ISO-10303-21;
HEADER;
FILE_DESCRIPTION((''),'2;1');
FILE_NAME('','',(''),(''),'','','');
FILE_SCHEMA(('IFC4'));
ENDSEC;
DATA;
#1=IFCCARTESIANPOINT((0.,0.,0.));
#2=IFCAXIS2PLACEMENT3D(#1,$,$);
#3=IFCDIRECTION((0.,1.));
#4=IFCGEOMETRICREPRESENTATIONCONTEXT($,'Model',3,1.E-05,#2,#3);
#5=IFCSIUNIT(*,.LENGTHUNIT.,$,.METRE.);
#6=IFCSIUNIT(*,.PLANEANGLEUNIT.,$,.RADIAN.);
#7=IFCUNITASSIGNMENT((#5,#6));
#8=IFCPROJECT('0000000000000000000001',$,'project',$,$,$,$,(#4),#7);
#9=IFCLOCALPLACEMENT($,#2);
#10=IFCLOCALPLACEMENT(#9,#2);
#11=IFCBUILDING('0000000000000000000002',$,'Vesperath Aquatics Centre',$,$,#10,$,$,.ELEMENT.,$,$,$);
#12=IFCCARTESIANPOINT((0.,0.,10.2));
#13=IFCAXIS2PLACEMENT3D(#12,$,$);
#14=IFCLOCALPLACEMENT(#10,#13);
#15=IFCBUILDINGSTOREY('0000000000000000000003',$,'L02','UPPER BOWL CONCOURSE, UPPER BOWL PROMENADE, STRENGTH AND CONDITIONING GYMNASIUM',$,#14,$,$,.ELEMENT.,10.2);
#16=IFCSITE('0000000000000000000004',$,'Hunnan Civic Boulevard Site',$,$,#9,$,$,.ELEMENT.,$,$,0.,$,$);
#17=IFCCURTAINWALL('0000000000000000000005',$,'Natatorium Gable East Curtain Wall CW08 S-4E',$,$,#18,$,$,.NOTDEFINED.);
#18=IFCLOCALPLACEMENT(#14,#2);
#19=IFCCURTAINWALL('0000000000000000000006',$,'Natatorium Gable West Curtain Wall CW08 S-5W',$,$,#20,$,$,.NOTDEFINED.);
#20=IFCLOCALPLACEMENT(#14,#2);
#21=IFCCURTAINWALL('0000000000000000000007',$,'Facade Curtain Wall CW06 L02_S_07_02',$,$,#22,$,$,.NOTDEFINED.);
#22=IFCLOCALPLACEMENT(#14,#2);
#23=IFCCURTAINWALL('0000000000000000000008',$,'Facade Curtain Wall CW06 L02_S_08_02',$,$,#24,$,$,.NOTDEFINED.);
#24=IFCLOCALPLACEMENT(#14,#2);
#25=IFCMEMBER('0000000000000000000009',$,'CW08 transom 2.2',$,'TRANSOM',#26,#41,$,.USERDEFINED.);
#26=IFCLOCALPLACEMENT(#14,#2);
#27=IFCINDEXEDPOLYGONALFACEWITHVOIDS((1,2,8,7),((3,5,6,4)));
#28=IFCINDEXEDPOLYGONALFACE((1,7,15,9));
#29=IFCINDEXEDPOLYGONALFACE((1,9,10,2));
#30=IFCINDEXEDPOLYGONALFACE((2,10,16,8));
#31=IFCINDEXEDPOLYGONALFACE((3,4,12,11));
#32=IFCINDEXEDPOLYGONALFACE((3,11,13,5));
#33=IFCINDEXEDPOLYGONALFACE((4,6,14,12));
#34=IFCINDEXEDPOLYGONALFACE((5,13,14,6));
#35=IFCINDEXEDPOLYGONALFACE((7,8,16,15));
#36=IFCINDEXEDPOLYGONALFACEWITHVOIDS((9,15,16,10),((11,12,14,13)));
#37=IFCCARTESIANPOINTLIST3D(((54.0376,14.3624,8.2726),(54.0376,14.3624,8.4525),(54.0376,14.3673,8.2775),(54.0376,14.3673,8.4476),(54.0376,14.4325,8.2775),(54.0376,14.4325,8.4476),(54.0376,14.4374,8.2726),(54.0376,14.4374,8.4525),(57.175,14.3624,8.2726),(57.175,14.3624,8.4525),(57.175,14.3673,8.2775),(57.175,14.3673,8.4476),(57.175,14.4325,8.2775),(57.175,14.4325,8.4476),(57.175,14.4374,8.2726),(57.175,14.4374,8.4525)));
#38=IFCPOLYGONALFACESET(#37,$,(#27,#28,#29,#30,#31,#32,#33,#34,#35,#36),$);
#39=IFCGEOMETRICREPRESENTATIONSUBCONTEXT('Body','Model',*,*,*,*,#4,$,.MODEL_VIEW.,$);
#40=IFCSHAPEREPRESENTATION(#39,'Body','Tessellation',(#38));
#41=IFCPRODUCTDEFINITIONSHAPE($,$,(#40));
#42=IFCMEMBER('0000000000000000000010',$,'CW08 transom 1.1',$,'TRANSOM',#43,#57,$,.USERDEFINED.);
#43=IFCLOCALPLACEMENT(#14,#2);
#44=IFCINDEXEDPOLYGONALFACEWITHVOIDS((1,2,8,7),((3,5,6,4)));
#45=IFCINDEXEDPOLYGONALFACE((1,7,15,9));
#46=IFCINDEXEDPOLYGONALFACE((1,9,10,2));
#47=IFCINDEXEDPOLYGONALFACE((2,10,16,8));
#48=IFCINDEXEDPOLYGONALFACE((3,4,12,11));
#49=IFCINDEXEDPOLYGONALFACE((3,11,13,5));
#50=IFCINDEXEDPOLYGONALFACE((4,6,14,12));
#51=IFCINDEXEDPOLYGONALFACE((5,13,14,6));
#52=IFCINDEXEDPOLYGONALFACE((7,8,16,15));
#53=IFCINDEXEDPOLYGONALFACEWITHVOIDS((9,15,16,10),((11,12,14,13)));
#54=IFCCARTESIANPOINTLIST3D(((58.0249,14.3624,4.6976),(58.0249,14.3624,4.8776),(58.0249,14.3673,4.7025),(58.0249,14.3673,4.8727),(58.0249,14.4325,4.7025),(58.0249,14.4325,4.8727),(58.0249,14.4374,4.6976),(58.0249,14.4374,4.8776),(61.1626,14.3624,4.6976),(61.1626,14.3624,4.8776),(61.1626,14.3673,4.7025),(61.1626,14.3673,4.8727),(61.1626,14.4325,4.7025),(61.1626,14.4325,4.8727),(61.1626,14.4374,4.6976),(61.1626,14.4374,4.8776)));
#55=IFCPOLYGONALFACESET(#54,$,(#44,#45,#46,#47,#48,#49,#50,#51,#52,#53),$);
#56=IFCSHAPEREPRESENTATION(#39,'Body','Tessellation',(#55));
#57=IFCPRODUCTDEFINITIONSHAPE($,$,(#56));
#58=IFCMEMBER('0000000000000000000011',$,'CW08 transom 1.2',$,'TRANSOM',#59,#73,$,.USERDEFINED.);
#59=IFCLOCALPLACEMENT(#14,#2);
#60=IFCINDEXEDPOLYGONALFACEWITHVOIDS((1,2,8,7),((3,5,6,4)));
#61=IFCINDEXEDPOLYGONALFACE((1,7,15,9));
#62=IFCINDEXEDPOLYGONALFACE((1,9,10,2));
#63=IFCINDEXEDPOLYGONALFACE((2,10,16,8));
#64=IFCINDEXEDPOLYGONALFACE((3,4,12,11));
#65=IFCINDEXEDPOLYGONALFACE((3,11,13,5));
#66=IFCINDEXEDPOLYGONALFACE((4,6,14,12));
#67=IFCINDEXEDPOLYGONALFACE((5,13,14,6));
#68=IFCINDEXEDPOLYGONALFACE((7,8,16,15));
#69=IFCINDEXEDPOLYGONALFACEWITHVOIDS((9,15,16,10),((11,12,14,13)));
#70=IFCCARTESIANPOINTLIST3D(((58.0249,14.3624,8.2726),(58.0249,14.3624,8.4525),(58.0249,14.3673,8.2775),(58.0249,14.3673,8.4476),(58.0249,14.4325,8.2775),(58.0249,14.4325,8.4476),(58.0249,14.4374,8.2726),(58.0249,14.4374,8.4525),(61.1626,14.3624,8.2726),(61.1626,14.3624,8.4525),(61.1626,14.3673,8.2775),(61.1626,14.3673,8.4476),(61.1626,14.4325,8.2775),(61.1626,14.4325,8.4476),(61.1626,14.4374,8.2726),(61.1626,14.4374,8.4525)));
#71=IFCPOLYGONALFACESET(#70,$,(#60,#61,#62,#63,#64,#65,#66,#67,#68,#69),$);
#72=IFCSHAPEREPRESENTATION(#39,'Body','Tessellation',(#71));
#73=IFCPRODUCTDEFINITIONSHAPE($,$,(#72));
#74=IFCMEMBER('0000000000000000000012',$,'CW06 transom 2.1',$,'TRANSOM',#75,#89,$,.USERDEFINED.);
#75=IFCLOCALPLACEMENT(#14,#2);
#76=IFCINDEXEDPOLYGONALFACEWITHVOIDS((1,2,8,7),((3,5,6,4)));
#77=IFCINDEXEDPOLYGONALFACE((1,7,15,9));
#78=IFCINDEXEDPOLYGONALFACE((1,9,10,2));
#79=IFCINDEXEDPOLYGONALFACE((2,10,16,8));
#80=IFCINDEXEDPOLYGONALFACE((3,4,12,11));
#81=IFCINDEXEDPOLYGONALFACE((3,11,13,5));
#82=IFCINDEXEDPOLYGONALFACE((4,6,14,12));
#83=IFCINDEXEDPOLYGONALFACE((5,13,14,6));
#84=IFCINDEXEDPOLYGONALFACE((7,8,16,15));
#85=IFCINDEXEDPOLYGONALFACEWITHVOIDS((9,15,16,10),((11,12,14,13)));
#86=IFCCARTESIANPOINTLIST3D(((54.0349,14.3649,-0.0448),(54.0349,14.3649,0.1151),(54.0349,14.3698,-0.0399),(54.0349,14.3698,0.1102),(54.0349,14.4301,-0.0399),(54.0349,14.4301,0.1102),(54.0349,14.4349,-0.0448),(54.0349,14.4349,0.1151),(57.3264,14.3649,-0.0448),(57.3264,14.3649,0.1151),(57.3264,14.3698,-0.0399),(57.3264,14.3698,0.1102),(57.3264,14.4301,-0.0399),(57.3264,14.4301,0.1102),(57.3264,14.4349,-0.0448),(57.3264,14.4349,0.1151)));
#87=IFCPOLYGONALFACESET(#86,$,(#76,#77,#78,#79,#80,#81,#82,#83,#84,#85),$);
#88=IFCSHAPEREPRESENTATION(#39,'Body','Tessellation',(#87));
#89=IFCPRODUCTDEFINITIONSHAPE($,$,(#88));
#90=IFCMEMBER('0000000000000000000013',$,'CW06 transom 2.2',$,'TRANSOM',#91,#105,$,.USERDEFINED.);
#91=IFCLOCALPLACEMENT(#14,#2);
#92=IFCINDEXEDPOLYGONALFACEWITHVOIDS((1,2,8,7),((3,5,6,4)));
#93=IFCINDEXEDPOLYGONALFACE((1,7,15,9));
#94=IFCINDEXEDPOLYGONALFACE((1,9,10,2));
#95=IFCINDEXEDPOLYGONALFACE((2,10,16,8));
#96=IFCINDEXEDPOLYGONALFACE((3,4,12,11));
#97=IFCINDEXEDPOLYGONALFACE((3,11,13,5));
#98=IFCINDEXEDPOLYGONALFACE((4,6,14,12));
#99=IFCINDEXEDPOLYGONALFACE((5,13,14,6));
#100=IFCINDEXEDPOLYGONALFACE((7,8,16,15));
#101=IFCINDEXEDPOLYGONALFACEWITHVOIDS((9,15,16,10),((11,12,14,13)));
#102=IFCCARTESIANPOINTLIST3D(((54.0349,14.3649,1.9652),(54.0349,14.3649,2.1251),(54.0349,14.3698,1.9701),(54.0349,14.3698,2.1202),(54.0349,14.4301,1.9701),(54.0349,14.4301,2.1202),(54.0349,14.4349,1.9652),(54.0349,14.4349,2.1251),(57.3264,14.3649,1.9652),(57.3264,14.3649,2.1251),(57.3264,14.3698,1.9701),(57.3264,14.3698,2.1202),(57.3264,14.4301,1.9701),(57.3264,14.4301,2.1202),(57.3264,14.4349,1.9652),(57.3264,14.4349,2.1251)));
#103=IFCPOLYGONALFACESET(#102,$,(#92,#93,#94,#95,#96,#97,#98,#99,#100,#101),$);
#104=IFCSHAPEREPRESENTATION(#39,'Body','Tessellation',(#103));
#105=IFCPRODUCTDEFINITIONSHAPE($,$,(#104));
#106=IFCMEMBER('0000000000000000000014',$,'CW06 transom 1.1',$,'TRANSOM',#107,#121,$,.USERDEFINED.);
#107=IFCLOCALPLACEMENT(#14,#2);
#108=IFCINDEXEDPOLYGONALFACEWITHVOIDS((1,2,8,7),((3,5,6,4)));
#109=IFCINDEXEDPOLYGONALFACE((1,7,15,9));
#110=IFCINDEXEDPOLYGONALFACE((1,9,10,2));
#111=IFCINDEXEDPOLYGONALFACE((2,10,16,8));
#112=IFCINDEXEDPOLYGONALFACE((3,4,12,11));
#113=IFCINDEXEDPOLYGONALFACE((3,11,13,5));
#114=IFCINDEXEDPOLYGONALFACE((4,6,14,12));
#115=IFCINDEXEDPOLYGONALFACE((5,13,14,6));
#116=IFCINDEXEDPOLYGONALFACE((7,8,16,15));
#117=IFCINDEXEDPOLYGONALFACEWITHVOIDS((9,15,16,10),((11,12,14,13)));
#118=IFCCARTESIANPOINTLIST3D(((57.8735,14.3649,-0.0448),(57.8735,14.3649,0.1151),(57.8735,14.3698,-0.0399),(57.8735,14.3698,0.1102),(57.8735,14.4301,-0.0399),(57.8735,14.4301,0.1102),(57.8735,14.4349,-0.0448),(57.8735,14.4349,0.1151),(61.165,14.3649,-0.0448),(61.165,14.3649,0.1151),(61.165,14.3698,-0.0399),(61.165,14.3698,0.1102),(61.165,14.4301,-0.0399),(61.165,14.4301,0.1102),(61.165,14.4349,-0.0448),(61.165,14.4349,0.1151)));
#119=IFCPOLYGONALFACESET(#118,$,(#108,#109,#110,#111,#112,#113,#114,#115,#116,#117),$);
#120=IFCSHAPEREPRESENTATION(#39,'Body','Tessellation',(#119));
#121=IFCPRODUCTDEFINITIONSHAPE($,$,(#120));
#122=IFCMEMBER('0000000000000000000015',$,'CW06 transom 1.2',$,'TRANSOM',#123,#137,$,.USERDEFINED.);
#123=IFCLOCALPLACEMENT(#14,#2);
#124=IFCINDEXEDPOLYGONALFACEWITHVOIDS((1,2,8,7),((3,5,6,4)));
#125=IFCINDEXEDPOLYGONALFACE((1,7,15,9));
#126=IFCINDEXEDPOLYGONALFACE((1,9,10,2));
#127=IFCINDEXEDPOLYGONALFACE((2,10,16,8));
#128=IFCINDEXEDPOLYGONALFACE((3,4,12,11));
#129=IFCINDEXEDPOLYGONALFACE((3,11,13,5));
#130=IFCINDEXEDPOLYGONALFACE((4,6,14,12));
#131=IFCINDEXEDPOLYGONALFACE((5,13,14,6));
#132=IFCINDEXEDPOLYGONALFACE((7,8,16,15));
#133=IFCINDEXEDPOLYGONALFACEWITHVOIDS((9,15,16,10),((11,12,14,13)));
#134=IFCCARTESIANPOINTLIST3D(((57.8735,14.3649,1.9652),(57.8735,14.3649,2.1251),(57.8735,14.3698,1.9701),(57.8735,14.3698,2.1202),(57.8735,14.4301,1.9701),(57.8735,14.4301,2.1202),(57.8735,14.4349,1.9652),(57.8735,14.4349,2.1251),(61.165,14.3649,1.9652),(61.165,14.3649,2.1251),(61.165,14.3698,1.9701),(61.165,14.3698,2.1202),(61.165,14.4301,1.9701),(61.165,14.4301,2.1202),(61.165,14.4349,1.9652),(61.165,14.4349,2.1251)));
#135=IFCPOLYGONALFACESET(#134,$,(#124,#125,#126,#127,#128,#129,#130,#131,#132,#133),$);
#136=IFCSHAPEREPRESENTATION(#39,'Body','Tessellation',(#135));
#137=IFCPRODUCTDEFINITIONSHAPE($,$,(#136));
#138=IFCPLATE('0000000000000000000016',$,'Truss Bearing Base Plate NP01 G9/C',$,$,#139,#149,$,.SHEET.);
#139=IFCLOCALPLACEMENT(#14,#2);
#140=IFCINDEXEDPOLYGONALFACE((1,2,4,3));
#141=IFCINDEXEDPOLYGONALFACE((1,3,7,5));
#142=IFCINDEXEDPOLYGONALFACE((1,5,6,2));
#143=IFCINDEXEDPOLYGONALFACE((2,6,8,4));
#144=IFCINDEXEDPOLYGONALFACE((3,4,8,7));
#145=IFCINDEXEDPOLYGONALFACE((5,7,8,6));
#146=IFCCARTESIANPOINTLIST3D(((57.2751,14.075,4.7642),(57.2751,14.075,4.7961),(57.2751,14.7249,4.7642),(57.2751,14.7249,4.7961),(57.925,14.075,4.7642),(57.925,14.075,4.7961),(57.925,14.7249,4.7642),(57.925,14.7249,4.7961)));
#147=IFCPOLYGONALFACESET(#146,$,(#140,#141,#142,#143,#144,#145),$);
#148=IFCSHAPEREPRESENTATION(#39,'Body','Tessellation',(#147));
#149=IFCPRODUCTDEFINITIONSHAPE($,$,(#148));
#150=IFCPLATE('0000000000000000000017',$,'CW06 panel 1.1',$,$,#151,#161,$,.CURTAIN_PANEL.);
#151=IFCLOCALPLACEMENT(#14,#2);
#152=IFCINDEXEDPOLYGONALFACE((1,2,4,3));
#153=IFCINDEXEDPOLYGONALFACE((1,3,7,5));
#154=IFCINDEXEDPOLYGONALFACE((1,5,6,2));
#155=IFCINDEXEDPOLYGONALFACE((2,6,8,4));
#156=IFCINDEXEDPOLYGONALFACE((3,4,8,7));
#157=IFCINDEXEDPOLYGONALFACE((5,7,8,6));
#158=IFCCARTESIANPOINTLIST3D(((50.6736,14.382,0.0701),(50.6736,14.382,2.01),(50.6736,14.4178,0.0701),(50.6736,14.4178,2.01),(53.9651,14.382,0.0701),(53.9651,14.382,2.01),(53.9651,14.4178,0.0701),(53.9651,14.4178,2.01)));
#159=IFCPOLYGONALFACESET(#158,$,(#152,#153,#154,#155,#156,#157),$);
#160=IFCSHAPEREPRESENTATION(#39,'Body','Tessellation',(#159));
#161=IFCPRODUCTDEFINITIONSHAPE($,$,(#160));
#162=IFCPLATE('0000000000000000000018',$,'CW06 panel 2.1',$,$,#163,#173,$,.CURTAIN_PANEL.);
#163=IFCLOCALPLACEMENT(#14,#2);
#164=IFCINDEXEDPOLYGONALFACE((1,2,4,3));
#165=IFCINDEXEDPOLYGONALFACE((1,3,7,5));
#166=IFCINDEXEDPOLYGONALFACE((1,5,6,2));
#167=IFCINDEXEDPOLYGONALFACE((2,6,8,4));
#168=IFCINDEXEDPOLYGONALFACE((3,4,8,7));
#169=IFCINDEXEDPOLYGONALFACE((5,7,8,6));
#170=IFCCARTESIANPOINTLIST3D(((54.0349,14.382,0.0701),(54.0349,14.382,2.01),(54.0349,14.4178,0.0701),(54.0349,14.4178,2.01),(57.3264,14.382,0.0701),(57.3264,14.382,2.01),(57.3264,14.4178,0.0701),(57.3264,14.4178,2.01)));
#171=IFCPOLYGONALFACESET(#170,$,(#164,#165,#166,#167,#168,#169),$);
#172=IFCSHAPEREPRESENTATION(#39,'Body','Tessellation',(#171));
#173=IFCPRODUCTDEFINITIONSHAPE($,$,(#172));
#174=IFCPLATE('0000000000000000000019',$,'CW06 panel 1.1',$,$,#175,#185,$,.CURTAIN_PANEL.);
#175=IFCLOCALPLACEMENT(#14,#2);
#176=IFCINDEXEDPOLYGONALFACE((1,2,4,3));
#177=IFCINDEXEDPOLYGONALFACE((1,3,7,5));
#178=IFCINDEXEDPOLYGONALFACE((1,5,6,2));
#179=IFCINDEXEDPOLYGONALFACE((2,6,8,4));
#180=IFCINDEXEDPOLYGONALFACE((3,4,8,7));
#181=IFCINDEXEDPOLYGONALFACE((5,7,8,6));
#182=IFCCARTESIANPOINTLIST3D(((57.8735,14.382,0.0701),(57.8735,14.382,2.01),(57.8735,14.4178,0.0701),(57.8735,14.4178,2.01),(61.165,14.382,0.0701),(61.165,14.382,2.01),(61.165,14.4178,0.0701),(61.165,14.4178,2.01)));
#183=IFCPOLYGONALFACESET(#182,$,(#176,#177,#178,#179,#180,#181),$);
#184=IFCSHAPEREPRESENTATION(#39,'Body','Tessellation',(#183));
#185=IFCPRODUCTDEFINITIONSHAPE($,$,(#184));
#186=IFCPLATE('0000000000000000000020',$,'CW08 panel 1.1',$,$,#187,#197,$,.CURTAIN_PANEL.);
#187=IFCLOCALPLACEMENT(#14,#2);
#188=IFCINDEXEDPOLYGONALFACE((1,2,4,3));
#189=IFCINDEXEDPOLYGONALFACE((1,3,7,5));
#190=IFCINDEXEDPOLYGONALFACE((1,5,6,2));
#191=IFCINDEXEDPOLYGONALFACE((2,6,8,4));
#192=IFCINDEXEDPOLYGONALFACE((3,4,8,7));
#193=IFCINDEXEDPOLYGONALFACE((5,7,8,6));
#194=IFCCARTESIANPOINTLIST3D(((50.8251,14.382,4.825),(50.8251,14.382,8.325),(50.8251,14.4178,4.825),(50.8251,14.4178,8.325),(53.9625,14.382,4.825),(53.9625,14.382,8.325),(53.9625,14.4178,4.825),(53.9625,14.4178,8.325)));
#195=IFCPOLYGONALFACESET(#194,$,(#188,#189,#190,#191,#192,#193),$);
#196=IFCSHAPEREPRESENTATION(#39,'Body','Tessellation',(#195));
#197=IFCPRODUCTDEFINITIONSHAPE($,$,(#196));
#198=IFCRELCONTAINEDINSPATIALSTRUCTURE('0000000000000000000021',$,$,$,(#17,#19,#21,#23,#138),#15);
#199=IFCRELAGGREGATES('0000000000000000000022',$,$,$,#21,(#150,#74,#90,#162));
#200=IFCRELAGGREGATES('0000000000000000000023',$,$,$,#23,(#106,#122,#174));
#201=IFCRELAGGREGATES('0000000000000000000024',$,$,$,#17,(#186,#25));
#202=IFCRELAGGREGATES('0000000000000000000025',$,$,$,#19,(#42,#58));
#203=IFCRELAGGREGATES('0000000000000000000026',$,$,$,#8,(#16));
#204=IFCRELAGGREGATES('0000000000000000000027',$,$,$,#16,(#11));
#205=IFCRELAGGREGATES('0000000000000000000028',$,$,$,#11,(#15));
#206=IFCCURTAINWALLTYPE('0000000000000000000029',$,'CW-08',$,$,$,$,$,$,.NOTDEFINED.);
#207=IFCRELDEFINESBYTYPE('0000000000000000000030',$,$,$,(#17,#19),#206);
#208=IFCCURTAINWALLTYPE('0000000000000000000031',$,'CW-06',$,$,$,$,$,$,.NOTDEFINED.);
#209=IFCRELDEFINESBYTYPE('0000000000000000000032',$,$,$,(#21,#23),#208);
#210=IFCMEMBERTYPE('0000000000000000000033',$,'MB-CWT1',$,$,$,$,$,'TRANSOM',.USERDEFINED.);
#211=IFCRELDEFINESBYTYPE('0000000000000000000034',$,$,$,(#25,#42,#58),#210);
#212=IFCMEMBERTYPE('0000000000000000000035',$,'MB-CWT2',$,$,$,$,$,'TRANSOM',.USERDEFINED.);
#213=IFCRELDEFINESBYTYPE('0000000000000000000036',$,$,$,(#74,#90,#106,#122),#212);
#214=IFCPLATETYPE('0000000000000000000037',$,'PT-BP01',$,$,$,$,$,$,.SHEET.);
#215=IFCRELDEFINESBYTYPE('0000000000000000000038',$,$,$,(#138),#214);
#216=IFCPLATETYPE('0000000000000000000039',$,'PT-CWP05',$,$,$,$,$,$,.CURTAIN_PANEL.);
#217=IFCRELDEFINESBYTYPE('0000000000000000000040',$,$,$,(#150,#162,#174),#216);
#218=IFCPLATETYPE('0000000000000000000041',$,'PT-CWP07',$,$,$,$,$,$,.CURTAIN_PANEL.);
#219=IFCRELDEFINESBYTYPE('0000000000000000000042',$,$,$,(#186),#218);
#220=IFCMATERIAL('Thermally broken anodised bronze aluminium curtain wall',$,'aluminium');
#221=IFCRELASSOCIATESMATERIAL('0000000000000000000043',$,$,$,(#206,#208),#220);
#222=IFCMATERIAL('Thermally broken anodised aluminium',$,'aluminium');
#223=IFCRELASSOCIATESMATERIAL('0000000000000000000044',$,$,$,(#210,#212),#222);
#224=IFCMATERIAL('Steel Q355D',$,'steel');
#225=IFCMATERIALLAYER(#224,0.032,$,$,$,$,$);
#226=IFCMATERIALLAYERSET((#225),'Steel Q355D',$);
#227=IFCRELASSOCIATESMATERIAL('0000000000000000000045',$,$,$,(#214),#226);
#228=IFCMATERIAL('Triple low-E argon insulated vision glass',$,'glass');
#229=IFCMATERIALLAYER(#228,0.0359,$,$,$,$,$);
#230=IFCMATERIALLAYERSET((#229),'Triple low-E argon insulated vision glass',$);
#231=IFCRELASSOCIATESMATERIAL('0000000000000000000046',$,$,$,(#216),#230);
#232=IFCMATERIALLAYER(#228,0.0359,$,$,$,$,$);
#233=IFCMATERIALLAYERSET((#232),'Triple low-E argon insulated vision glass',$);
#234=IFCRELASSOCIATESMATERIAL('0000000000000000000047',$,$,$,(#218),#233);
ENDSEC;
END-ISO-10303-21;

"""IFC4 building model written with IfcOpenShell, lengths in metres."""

from ifc_helpers import new_model, si_unit, direction, frame, origin, origin_2d, place, context, subcontext, project, spatial, rectangle, hollow_rectangle, extrude, material, layer, layer_set, material_profile, profile_set, type_object, element, aggregate, save


model = new_model("IFC4")

# Units and contexts
model_context = context("Model", 3, precision=1e-05, world=origin(), true_north=direction((0.0, 1.0)))
body_context = subcontext(model_context, "Body", "Model", "MODEL_VIEW")
ifc_project = project(units=[si_unit("LENGTHUNIT", "METRE"), si_unit("PLANEANGLEUNIT", "RADIAN")], contexts=[model_context])

# Site, building, storey
site_placement = place(None, origin())
site = spatial("IfcSite", under=ifc_project, at=site_placement, Name="Hunnan Civic Boulevard Site", CompositionType="ELEMENT", RefElevation=0.0)
building_placement = place(site_placement, origin())
building = spatial("IfcBuilding", under=site, at=building_placement, Name="Vesperath Aquatics Centre", CompositionType="ELEMENT")
storey_placement = place(building_placement, frame((0.0, 0.0, 10.2)))
storey = spatial("IfcBuildingStorey", under=building, at=storey_placement, Name="L02", Description="UPPER BOWL CONCOURSE, UPPER BOWL PROMENADE, STRENGTH AND CONDITIONING GYMNASIUM", CompositionType="ELEMENT", Elevation=10.2)

# Shared definitions
ifc_material_1 = material(Name="Steel Q355D", Category="steel")

# Curtain wall
ifc_material_2 = material(Name="Thermally broken anodised bronze aluminium curtain wall", Category="aluminium")
curtain_wall_type_1 = type_object("IfcCurtainWallType", Name="CW-08", PredefinedType="NOTDEFINED", material=ifc_material_2)
curtain_wall_1_placement = place(storey_placement, origin())
curtain_wall_1 = element("IfcCurtainWall", 1, at=curtain_wall_1_placement, inside=storey, type_object=curtain_wall_type_1, Name="Natatorium Gable East Curtain Wall CW08 S-4E", PredefinedType="NOTDEFINED")
ifc_material_3 = material(Name="Thermally broken anodised aluminium", Category="aluminium")

# Curtain wall
curtain_wall_2_placement = place(storey_placement, origin())
curtain_wall_2 = element("IfcCurtainWall", 2, at=curtain_wall_2_placement, inside=storey, type_object=curtain_wall_type_1, Name="Natatorium Gable West Curtain Wall CW08 S-5W", PredefinedType="NOTDEFINED")

# Curtain walls
curtain_wall_type_2 = type_object("IfcCurtainWallType", Name="CW-06", PredefinedType="NOTDEFINED", material=ifc_material_2)
curtain_wall_3_placement = place(storey_placement, origin())
curtain_wall_3 = element("IfcCurtainWall", 3, at=curtain_wall_3_placement, inside=storey, type_object=curtain_wall_type_2, Name="Facade Curtain Wall CW06 L02_S_07_02", PredefinedType="NOTDEFINED")
curtain_wall_4_placement = place(storey_placement, origin())
curtain_wall_4 = element("IfcCurtainWall", 4, at=curtain_wall_4_placement, inside=storey, type_object=curtain_wall_type_2, Name="Facade Curtain Wall CW06 L02_S_08_02", PredefinedType="NOTDEFINED")

# Members
ifc_material_profile_1 = material_profile(ifc_material_3, hollow_rectangle(XDim=0.075, YDim=0.1799, WallThickness=0.0049, at=origin_2d()), Name="CWT 75x180x5")
ifc_profile_set_1 = profile_set([ifc_material_profile_1], Name="Thermally broken anodised aluminium")
member_type_1 = type_object("IfcMemberType", Name="MB-CWT1", ElementType="TRANSOM", PredefinedType="USERDEFINED", material=ifc_profile_set_1)
member_1_placement = place(storey_placement, frame((54.0376, 14.3999, 8.3625), z_axis=(1.0, 0.0, 0.0), x_axis=(0.0, 1.0, 0.0)))
member_1 = element("IfcMember", 5, at=member_1_placement, type_object=member_type_1, Name="CW08 transom 2.2", ObjectType="TRANSOM", PredefinedType="USERDEFINED", context=body_context, shape_type="SweptSolid", body=[
    extrude(hollow_rectangle(XDim=0.075, YDim=0.1799, WallThickness=0.0049, at=origin_2d()), origin(), (0.0, 0.0, 1.0), 3.1375),
])
member_2_placement = place(storey_placement, frame((58.0249, 14.3999, 4.7876), z_axis=(1.0, 0.0, 0.0), x_axis=(0.0, 1.0, 0.0)))
member_2 = element("IfcMember", 6, at=member_2_placement, type_object=member_type_1, Name="CW08 transom 1.1", ObjectType="TRANSOM", PredefinedType="USERDEFINED", context=body_context, shape_type="SweptSolid", body=[
    extrude(hollow_rectangle(XDim=0.075, YDim=0.1799, WallThickness=0.0049, at=origin_2d()), origin(), (0.0, 0.0, 1.0), 3.1377),
])
member_3_placement = place(storey_placement, frame((58.0249, 14.3999, 8.3625), z_axis=(1.0, 0.0, 0.0), x_axis=(0.0, 1.0, 0.0)))
member_3 = element("IfcMember", 7, at=member_3_placement, type_object=member_type_1, Name="CW08 transom 1.2", ObjectType="TRANSOM", PredefinedType="USERDEFINED", context=body_context, shape_type="SweptSolid", body=[
    extrude(hollow_rectangle(XDim=0.075, YDim=0.1799, WallThickness=0.0049, at=origin_2d()), origin(), (0.0, 0.0, 1.0), 3.1377),
])
ifc_material_profile_2 = material_profile(ifc_material_3, hollow_rectangle(XDim=0.0701, YDim=0.1599, WallThickness=0.0049, at=origin_2d()), Name="CWT 70x160x5")
ifc_profile_set_2 = profile_set([ifc_material_profile_2], Name="Thermally broken anodised aluminium")
member_type_2 = type_object("IfcMemberType", Name="MB-CWT2", ElementType="TRANSOM", PredefinedType="USERDEFINED", material=ifc_profile_set_2)
member_4_placement = place(storey_placement, frame((54.0349, 14.3999, 0.0352), z_axis=(1.0, 0.0, 0.0), x_axis=(0.0, 1.0, 0.0)))
member_4 = element("IfcMember", 8, at=member_4_placement, type_object=member_type_2, Name="CW06 transom 2.1", ObjectType="TRANSOM", PredefinedType="USERDEFINED", context=body_context, shape_type="SweptSolid", body=[
    extrude(hollow_rectangle(XDim=0.0701, YDim=0.1599, WallThickness=0.0049, at=origin_2d()), origin(), (0.0, 0.0, 1.0), 3.2915),
])
member_5_placement = place(storey_placement, frame((54.0349, 14.3999, 2.0452), z_axis=(1.0, 0.0, 0.0), x_axis=(0.0, 1.0, 0.0)))
member_5 = element("IfcMember", 9, at=member_5_placement, type_object=member_type_2, Name="CW06 transom 2.2", ObjectType="TRANSOM", PredefinedType="USERDEFINED", context=body_context, shape_type="SweptSolid", body=[
    extrude(hollow_rectangle(XDim=0.0701, YDim=0.1599, WallThickness=0.0049, at=origin_2d()), origin(), (0.0, 0.0, 1.0), 3.2915),
])
member_6_placement = place(storey_placement, frame((57.8735, 14.3999, 0.0352), z_axis=(1.0, 0.0, 0.0), x_axis=(0.0, 1.0, 0.0)))
member_6 = element("IfcMember", 10, at=member_6_placement, type_object=member_type_2, Name="CW06 transom 1.1", ObjectType="TRANSOM", PredefinedType="USERDEFINED", context=body_context, shape_type="SweptSolid", body=[
    extrude(hollow_rectangle(XDim=0.0701, YDim=0.1599, WallThickness=0.0049, at=origin_2d()), origin(), (0.0, 0.0, 1.0), 3.2915),
])
member_7_placement = place(storey_placement, frame((57.8735, 14.3999, 2.0452), z_axis=(1.0, 0.0, 0.0), x_axis=(0.0, 1.0, 0.0)))
member_7 = element("IfcMember", 11, at=member_7_placement, type_object=member_type_2, Name="CW06 transom 1.2", ObjectType="TRANSOM", PredefinedType="USERDEFINED", context=body_context, shape_type="SweptSolid", body=[
    extrude(hollow_rectangle(XDim=0.0701, YDim=0.1599, WallThickness=0.0049, at=origin_2d()), origin(), (0.0, 0.0, 1.0), 3.2915),
])

# Plates
ifc_layer_1 = layer(ifc_material_1, 0.032)
ifc_layer_set_1 = layer_set([ifc_layer_1], Name="Steel Q355D")
plate_type_1 = type_object("IfcPlateType", Name="PT-BP01", PredefinedType="SHEET", material=ifc_layer_set_1)
plate_1_placement = place(storey_placement, frame((57.6001, 14.3999, 4.7642), z_axis=(0.0, 0.0, 1.0), x_axis=(1.0, 0.0, 0.0)))
element("IfcPlate", 12, at=plate_1_placement, inside=storey, type_object=plate_type_1, Name="Truss Bearing Base Plate NP01 G9/C", PredefinedType="SHEET", context=body_context, shape_type="SweptSolid", body=[
    extrude(rectangle(XDim=0.6499, YDim=0.6499, at=origin_2d()), origin(), (0.0, 0.0, 1.0), 0.032),
])
ifc_material_4 = material(Name="Triple low-E argon insulated vision glass", Category="glass")
ifc_layer_2 = layer(ifc_material_4, 0.0359)
ifc_layer_set_2 = layer_set([ifc_layer_2], Name="Triple low-E argon insulated vision glass")
plate_type_2 = type_object("IfcPlateType", Name="PT-CWP05", PredefinedType="CURTAIN_PANEL", material=ifc_layer_set_2)
plate_2_placement = place(storey_placement, frame((52.3193, 14.3999, 0.0701), z_axis=(0.0, 0.0, 1.0), x_axis=(1.0, 0.0, 0.0)))
plate_2 = element("IfcPlate", 13, at=plate_2_placement, type_object=plate_type_2, Name="CW06 panel 1.1", PredefinedType="CURTAIN_PANEL", context=body_context, shape_type="SweptSolid", body=[
    extrude(rectangle(XDim=3.2915, YDim=0.0359, at=origin_2d()), origin(), (0.0, 0.0, 1.0), 1.9399),
])
plate_3_placement = place(storey_placement, frame((55.6807, 14.3999, 0.0701), z_axis=(0.0, 0.0, 1.0), x_axis=(1.0, 0.0, 0.0)))
plate_3 = element("IfcPlate", 14, at=plate_3_placement, type_object=plate_type_2, Name="CW06 panel 2.1", PredefinedType="CURTAIN_PANEL", context=body_context, shape_type="SweptSolid", body=[
    extrude(rectangle(XDim=3.2915, YDim=0.0359, at=origin_2d()), origin(), (0.0, 0.0, 1.0), 1.9399),
])
aggregate(curtain_wall_3, [plate_2, member_4, member_5, plate_3])
plate_4_placement = place(storey_placement, frame((59.5193, 14.3999, 0.0701), z_axis=(0.0, 0.0, 1.0), x_axis=(1.0, 0.0, 0.0)))
plate_4 = element("IfcPlate", 15, at=plate_4_placement, type_object=plate_type_2, Name="CW06 panel 1.1", PredefinedType="CURTAIN_PANEL", context=body_context, shape_type="SweptSolid", body=[
    extrude(rectangle(XDim=3.2915, YDim=0.0359, at=origin_2d()), origin(), (0.0, 0.0, 1.0), 1.9399),
])
aggregate(curtain_wall_4, [member_6, member_7, plate_4])
ifc_layer_3 = layer(ifc_material_4, 0.0359)
ifc_layer_set_3 = layer_set([ifc_layer_3], Name="Triple low-E argon insulated vision glass")
plate_type_3 = type_object("IfcPlateType", Name="PT-CWP07", PredefinedType="CURTAIN_PANEL", material=ifc_layer_set_3)
plate_5_placement = place(storey_placement, frame((52.3938, 14.3999, 4.825), z_axis=(0.0, 0.0, 1.0), x_axis=(1.0, 0.0, 0.0)))
plate_5 = element("IfcPlate", 16, at=plate_5_placement, type_object=plate_type_3, Name="CW08 panel 1.1", PredefinedType="CURTAIN_PANEL", context=body_context, shape_type="SweptSolid", body=[
    extrude(rectangle(XDim=3.1375, YDim=0.0359, at=origin_2d()), origin(), (0.0, 0.0, 1.0), 3.5),
])
aggregate(curtain_wall_1, [plate_5, member_1])
aggregate(curtain_wall_2, [member_2, member_3])

save(model, "model.ifc")
